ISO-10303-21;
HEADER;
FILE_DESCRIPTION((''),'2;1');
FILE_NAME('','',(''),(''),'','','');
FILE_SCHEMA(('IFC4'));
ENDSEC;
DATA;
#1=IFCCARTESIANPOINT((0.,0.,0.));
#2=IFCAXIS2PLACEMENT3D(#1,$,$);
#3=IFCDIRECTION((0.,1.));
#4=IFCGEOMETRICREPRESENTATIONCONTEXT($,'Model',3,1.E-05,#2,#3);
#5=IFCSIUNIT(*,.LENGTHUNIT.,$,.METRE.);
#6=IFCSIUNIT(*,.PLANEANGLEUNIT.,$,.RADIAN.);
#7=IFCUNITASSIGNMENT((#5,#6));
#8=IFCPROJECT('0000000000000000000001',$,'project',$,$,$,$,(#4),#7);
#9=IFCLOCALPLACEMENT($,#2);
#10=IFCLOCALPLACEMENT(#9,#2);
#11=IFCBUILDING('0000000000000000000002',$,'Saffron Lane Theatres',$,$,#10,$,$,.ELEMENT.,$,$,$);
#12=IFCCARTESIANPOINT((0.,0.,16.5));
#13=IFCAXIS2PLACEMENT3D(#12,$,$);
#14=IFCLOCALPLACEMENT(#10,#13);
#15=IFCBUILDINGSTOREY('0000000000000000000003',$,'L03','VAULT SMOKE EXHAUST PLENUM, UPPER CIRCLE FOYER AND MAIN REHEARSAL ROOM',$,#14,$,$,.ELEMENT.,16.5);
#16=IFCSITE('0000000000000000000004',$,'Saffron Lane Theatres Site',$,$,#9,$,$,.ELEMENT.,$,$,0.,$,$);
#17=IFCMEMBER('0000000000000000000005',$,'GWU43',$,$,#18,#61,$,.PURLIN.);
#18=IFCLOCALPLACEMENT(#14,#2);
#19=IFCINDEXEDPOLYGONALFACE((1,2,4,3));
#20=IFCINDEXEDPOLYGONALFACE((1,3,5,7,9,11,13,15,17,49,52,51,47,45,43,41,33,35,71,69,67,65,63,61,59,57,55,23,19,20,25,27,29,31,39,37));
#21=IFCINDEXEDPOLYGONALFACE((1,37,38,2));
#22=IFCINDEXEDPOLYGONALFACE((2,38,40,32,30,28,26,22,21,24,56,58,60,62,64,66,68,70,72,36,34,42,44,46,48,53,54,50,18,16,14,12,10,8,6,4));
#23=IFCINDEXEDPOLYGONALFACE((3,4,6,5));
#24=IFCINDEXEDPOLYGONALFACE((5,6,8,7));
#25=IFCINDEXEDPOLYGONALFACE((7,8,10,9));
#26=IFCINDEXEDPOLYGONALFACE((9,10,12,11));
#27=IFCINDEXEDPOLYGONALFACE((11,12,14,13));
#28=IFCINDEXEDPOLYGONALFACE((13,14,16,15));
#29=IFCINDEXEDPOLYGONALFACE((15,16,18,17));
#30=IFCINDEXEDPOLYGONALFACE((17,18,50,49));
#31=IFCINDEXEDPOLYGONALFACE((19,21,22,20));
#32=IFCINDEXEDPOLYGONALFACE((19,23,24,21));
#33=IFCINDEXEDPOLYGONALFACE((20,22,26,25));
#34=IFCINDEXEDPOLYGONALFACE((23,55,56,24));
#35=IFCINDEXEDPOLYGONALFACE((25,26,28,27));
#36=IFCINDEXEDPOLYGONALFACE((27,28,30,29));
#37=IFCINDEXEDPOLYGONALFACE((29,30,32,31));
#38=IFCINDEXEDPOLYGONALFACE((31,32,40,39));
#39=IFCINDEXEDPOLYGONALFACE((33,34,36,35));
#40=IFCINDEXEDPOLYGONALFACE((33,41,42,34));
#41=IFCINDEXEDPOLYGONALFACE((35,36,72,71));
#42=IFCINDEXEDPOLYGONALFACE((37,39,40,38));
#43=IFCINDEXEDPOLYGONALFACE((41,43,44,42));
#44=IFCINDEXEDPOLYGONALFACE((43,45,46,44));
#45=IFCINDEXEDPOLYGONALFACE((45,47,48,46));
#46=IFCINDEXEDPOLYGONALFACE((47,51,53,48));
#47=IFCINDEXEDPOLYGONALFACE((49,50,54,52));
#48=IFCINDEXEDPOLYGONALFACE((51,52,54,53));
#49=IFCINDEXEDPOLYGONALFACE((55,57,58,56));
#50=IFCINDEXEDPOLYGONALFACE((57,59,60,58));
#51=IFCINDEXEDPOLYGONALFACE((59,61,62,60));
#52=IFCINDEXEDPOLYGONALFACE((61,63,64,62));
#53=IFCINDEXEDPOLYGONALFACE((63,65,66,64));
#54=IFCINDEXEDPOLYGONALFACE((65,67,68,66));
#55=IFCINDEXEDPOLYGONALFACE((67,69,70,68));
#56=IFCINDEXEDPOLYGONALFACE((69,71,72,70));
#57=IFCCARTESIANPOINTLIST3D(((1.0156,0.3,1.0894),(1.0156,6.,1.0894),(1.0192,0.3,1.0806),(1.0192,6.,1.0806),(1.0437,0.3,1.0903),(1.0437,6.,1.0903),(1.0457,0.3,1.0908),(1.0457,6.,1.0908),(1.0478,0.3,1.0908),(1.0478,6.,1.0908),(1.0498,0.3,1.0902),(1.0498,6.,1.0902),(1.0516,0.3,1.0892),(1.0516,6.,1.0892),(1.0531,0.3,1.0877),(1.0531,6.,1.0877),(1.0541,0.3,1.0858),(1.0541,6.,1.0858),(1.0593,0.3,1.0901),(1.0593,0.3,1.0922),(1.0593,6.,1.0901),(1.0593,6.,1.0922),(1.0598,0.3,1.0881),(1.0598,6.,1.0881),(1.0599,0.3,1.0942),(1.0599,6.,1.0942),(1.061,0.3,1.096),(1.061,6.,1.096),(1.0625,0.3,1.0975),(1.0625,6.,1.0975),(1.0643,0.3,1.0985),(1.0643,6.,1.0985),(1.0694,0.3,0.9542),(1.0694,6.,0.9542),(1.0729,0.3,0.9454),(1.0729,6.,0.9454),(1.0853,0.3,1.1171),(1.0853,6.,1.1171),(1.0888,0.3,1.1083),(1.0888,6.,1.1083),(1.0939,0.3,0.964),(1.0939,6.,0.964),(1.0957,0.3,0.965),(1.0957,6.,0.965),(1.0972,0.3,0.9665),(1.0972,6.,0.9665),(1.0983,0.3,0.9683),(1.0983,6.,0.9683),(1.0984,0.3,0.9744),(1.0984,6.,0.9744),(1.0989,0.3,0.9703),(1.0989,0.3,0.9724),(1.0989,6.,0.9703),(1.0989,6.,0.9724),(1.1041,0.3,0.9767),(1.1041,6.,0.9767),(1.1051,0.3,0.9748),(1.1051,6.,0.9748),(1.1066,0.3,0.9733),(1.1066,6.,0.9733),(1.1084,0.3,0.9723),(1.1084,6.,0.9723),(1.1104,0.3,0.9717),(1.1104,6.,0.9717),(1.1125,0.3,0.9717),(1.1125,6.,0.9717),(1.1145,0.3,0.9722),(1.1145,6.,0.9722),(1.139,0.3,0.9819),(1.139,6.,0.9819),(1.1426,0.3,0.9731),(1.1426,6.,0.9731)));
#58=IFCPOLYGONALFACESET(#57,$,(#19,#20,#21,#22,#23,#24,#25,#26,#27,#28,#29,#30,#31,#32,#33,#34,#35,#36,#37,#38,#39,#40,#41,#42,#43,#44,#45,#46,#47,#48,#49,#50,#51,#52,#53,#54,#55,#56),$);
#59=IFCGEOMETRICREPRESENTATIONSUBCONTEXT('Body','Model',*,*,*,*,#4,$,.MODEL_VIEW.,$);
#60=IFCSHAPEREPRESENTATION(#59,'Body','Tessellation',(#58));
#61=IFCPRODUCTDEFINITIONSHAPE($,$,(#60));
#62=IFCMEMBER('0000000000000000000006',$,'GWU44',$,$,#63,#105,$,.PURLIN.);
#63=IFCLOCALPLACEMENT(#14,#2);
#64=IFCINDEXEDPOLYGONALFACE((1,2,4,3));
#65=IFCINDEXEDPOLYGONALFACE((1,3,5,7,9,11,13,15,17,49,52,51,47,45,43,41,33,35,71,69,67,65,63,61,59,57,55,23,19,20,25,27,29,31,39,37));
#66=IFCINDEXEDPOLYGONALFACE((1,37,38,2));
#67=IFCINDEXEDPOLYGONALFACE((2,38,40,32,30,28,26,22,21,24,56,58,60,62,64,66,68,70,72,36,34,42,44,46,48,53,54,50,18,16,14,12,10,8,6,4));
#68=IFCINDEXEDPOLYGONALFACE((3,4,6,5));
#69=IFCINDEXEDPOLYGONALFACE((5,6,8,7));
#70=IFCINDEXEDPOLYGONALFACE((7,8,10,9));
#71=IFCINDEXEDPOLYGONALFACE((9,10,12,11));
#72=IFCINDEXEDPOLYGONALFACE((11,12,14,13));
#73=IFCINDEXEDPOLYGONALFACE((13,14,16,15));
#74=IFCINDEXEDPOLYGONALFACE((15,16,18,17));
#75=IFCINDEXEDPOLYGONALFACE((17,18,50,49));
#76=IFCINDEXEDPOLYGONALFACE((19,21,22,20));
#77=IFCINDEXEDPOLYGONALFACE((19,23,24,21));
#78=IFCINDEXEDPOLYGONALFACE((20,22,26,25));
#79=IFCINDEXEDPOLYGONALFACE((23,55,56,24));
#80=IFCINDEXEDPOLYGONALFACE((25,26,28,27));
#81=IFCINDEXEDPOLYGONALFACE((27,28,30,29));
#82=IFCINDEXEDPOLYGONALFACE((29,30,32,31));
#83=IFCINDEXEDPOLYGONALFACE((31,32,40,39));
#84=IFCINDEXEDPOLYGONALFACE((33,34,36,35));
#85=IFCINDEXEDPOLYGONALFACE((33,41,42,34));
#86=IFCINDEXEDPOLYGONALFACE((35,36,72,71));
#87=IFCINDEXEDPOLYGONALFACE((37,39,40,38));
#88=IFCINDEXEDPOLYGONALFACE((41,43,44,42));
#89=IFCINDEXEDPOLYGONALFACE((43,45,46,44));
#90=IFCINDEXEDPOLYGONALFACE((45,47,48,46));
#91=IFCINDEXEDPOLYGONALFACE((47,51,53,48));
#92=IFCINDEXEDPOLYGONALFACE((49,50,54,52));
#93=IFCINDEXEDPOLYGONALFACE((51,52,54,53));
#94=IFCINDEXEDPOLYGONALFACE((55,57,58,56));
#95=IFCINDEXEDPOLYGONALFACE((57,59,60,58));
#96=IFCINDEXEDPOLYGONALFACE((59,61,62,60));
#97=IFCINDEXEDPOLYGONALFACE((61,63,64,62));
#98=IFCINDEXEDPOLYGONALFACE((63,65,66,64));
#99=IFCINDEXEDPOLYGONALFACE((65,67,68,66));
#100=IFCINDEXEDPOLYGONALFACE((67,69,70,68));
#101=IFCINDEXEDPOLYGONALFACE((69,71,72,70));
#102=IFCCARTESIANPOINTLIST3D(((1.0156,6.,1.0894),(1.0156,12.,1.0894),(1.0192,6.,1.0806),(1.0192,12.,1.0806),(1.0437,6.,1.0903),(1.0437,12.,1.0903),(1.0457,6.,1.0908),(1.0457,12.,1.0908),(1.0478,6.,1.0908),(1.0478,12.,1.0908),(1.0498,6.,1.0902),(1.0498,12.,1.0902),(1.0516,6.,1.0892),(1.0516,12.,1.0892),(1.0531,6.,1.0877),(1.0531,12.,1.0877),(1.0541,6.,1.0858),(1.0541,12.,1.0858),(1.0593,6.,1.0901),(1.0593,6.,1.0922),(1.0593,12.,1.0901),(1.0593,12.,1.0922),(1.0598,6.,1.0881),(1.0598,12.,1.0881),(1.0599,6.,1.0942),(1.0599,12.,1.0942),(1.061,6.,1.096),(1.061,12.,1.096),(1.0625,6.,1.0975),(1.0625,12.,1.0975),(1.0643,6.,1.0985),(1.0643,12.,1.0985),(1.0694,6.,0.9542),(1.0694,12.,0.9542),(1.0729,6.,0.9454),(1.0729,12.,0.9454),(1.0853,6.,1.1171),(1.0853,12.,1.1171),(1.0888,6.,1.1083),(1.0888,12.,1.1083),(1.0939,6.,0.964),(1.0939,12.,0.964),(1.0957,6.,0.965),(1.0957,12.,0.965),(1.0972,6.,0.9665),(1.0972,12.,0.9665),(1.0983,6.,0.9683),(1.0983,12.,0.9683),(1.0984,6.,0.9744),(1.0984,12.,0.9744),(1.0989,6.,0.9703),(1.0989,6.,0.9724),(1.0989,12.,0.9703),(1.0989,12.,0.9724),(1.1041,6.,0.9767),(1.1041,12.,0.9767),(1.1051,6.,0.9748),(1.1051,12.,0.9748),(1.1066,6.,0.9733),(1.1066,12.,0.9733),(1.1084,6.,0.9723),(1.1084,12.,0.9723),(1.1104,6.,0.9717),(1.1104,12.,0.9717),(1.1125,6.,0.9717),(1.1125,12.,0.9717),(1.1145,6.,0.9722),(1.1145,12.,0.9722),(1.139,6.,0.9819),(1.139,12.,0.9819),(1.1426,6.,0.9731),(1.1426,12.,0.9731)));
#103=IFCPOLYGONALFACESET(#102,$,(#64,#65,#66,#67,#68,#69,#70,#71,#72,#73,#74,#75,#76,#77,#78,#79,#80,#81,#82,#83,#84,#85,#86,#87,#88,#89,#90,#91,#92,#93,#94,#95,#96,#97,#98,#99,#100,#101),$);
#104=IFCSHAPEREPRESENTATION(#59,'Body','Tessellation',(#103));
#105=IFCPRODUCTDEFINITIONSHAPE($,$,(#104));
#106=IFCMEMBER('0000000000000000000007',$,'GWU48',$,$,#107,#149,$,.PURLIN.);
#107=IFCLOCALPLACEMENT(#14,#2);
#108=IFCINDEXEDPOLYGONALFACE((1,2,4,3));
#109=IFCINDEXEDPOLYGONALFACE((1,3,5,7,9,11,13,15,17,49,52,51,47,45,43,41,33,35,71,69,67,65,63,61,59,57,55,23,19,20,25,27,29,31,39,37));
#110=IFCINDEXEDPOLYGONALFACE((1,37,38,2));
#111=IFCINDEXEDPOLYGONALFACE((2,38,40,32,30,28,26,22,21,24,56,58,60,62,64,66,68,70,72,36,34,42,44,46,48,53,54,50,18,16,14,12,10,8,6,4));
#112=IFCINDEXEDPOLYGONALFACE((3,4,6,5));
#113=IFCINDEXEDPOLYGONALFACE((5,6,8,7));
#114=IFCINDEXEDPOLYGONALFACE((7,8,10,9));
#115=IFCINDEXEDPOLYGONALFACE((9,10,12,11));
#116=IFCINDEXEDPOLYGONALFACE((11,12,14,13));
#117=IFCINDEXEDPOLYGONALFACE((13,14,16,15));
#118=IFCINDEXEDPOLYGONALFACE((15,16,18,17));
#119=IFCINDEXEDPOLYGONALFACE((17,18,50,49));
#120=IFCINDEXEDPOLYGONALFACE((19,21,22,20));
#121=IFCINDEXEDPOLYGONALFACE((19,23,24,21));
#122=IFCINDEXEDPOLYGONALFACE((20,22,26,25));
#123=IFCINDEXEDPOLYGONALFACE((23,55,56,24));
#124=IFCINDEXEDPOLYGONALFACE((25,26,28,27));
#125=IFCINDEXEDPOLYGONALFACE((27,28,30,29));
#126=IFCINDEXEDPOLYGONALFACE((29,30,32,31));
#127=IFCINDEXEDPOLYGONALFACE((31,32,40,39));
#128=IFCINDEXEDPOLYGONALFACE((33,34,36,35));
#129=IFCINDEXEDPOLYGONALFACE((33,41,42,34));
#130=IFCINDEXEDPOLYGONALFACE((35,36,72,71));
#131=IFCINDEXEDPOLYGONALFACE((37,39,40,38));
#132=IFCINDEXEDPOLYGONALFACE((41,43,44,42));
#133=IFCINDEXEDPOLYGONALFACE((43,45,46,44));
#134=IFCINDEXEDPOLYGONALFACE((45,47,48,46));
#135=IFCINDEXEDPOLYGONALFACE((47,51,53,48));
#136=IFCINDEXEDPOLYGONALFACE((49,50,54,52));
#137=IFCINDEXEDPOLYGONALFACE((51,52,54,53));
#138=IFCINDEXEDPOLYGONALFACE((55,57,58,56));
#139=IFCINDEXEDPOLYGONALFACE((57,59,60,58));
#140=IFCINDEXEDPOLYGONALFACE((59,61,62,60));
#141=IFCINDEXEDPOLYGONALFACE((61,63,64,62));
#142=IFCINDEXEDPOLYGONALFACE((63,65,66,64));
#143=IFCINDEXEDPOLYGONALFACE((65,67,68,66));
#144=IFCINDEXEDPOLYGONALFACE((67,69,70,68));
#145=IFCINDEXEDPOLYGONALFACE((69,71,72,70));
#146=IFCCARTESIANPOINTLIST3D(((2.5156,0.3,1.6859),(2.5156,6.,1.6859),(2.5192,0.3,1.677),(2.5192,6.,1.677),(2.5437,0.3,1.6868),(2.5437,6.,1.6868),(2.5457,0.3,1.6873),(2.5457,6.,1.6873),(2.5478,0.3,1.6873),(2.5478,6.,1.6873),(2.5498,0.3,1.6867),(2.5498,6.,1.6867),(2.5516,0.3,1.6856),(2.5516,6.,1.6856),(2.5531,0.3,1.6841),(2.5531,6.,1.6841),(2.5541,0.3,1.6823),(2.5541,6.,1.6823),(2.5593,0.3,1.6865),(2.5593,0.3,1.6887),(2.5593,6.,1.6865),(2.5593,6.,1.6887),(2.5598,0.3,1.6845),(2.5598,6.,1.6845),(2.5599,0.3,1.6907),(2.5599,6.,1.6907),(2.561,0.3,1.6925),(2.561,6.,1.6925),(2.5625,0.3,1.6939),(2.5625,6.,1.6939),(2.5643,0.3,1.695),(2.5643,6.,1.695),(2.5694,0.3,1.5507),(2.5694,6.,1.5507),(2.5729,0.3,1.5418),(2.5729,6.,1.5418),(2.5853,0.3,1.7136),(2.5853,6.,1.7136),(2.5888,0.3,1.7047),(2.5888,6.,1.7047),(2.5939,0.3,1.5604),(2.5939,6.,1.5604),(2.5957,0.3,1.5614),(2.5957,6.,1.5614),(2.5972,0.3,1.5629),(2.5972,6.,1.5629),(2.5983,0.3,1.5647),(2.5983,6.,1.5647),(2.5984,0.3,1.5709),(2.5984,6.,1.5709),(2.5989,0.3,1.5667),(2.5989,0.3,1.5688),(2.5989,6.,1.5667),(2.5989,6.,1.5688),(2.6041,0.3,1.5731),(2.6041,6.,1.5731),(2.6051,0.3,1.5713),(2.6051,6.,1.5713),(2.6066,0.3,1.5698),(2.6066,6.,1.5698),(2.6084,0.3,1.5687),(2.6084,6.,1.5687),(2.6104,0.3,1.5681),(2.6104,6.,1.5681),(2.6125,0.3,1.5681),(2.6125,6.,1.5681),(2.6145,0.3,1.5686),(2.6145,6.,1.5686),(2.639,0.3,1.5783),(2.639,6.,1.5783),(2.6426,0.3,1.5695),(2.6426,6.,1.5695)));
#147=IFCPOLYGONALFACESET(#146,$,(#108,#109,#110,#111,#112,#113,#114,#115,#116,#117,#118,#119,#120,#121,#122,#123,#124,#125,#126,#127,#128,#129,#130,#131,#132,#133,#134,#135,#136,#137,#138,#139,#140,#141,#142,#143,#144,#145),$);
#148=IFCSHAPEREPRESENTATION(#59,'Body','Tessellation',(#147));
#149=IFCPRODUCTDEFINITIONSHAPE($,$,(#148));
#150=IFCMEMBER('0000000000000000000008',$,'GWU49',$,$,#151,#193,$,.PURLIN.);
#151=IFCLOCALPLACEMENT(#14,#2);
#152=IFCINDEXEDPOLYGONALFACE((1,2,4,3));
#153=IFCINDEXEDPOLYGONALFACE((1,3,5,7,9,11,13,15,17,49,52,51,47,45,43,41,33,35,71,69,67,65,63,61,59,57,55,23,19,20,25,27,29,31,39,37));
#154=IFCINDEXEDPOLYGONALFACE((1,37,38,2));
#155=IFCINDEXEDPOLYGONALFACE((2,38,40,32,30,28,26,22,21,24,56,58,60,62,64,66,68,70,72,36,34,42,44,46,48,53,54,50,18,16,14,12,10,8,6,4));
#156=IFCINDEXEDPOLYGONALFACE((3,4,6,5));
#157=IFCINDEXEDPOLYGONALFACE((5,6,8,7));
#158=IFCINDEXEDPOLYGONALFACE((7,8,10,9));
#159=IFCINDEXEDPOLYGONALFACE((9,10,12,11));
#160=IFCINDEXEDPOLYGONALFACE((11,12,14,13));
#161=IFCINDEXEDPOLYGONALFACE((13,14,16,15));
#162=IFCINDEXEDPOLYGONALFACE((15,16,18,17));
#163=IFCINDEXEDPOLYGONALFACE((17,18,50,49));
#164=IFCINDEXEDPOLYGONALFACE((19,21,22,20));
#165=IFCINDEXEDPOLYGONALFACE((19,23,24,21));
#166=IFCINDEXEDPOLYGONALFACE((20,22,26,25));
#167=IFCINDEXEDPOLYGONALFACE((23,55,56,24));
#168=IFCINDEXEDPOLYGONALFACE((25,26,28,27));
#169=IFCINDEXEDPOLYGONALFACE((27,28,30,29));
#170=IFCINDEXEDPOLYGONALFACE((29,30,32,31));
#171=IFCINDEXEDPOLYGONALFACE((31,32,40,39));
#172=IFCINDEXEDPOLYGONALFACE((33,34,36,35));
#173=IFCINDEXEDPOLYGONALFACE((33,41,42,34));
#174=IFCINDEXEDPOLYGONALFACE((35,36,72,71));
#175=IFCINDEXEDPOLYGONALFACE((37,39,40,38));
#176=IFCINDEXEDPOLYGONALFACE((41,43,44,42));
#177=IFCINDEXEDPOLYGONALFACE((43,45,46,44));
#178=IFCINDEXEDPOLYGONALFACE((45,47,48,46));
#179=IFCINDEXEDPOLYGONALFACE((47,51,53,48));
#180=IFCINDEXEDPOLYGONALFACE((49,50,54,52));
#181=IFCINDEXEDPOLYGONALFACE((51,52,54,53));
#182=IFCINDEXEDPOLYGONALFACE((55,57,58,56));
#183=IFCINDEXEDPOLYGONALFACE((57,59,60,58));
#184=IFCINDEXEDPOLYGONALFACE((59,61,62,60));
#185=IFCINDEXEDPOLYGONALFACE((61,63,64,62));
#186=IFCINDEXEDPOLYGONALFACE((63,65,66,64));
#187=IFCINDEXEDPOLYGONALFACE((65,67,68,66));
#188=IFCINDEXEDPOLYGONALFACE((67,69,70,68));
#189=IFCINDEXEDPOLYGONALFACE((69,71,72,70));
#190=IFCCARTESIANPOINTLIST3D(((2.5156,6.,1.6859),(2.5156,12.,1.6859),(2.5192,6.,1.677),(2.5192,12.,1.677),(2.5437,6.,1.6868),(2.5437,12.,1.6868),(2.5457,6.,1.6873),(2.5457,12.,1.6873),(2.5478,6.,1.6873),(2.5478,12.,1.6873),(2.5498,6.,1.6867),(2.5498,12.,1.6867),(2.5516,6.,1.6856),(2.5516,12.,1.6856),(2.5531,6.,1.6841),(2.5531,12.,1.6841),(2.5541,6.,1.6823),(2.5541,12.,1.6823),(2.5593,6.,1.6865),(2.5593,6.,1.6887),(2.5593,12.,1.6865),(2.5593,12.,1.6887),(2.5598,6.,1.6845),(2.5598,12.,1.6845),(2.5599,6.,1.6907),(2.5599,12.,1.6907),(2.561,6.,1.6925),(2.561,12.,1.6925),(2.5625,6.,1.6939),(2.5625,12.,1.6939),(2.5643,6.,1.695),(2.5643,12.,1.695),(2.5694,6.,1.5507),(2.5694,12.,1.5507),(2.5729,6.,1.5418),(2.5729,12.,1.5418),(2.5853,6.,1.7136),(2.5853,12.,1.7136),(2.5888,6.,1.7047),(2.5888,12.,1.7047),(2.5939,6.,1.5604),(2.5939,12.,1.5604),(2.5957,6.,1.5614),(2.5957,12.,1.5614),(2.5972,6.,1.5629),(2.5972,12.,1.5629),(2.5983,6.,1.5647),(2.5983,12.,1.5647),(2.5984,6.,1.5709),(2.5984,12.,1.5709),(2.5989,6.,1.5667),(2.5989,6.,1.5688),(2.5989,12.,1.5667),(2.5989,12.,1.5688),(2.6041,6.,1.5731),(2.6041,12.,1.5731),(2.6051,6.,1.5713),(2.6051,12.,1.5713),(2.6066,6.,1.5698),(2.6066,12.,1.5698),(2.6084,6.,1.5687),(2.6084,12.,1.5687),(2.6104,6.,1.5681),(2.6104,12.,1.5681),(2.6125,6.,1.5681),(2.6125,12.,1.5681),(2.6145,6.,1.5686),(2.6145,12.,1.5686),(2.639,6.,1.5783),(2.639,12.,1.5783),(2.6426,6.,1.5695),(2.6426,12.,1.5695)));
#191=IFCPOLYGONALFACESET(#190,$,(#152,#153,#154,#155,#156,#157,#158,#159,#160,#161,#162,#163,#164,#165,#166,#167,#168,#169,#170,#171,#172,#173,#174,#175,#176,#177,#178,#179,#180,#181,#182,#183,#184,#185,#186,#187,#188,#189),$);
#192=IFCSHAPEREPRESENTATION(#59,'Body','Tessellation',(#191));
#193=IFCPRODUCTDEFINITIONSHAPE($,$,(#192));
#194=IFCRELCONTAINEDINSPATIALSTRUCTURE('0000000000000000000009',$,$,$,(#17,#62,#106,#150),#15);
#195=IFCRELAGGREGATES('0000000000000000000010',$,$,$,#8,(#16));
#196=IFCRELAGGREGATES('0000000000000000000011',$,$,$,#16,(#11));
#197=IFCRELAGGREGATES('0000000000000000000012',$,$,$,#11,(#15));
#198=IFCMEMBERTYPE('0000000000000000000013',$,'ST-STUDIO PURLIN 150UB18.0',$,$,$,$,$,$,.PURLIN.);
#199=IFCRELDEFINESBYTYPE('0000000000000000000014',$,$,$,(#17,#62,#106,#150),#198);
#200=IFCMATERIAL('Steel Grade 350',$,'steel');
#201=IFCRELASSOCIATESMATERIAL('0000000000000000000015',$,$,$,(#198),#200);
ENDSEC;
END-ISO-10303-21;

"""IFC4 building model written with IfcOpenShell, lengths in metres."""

from ifc_helpers import new_model, si_unit, direction, frame, origin, origin_2d, place, context, subcontext, project, spatial, i_section, extrude, material, material_profile, profile_set, type_object, element, save


model = new_model("IFC4")

# Units and contexts
model_context = context("Model", 3, precision=1e-05, world=origin(), true_north=direction((0.0, 1.0)))
body_context = subcontext(model_context, "Body", "Model", "MODEL_VIEW")
ifc_project = project(units=[si_unit("LENGTHUNIT", "METRE"), si_unit("PLANEANGLEUNIT", "RADIAN")], contexts=[model_context])

# Site, building, storey
site_placement = place(None, origin())
site = spatial("IfcSite", under=ifc_project, at=site_placement, Name="Saffron Lane Theatres Site", CompositionType="ELEMENT", RefElevation=0.0)
building_placement = place(site_placement, origin())
building = spatial("IfcBuilding", under=site, at=building_placement, Name="Saffron Lane Theatres", CompositionType="ELEMENT")
storey_placement = place(building_placement, frame((0.0, 0.0, 16.5)))
storey = spatial("IfcBuildingStorey", under=building, at=storey_placement, Name="L03", Description="VAULT SMOKE EXHAUST PLENUM, UPPER CIRCLE FOYER AND MAIN REHEARSAL ROOM", CompositionType="ELEMENT", Elevation=16.5)

# Members
ifc_material_1 = material(Name="Steel Grade 350", Category="steel")
ifc_material_profile_1 = material_profile(ifc_material_1, i_section(OverallWidth=0.075, OverallDepth=0.155, WebThickness=0.0061, FlangeThickness=0.0095, FilletRadius=0.0081, at=origin_2d()))
ifc_profile_set_1 = profile_set([ifc_material_profile_1], Name="Steel Grade 350")
member_type_1 = type_object("IfcMemberType", Name="ST-STUDIO PURLIN 150UB18.0", PredefinedType="PURLIN", material=ifc_profile_set_1)
member_1_placement = place(storey_placement, frame((1.0791, 0.3, 1.0312), z_axis=(0.0, 1.0, 0.0), x_axis=(-0.929273, 0.0, -0.369393)))
element("IfcMember", 1, at=member_1_placement, inside=storey, type_object=member_type_1, Name="GWU43", PredefinedType="PURLIN", context=body_context, shape_type="SweptSolid", body=[
    extrude(i_section(OverallWidth=0.075, OverallDepth=0.155, WebThickness=0.0061, FlangeThickness=0.0095, FilletRadius=0.0081, at=origin_2d()), origin(), (0.0, 0.0, 1.0), 5.7),
])
member_2_placement = place(storey_placement, frame((1.0791, 6.0, 1.0312), z_axis=(0.0, 1.0, 0.0), x_axis=(-0.929273, 0.0, -0.369393)))
element("IfcMember", 2, at=member_2_placement, inside=storey, type_object=member_type_1, Name="GWU44", PredefinedType="PURLIN", context=body_context, shape_type="SweptSolid", body=[
    extrude(i_section(OverallWidth=0.075, OverallDepth=0.155, WebThickness=0.0061, FlangeThickness=0.0095, FilletRadius=0.0081, at=origin_2d()), origin(), (0.0, 0.0, 1.0), 6.0),
])
member_3_placement = place(storey_placement, frame((2.5791, 0.3, 1.6277), z_axis=(0.0, 1.0, 0.0), x_axis=(-0.929273, 0.0, -0.369393)))
element("IfcMember", 3, at=member_3_placement, inside=storey, type_object=member_type_1, Name="GWU48", PredefinedType="PURLIN", context=body_context, shape_type="SweptSolid", body=[
    extrude(i_section(OverallWidth=0.075, OverallDepth=0.155, WebThickness=0.0061, FlangeThickness=0.0095, FilletRadius=0.0081, at=origin_2d()), origin(), (0.0, 0.0, 1.0), 5.7),
])
member_4_placement = place(storey_placement, frame((2.5791, 6.0, 1.6277), z_axis=(0.0, 1.0, 0.0), x_axis=(-0.929273, 0.0, -0.369393)))
element("IfcMember", 4, at=member_4_placement, inside=storey, type_object=member_type_1, Name="GWU49", PredefinedType="PURLIN", context=body_context, shape_type="SweptSolid", body=[
    extrude(i_section(OverallWidth=0.075, OverallDepth=0.155, WebThickness=0.0061, FlangeThickness=0.0095, FilletRadius=0.0081, at=origin_2d()), origin(), (0.0, 0.0, 1.0), 6.0),
])

save(model, "model.ifc")
